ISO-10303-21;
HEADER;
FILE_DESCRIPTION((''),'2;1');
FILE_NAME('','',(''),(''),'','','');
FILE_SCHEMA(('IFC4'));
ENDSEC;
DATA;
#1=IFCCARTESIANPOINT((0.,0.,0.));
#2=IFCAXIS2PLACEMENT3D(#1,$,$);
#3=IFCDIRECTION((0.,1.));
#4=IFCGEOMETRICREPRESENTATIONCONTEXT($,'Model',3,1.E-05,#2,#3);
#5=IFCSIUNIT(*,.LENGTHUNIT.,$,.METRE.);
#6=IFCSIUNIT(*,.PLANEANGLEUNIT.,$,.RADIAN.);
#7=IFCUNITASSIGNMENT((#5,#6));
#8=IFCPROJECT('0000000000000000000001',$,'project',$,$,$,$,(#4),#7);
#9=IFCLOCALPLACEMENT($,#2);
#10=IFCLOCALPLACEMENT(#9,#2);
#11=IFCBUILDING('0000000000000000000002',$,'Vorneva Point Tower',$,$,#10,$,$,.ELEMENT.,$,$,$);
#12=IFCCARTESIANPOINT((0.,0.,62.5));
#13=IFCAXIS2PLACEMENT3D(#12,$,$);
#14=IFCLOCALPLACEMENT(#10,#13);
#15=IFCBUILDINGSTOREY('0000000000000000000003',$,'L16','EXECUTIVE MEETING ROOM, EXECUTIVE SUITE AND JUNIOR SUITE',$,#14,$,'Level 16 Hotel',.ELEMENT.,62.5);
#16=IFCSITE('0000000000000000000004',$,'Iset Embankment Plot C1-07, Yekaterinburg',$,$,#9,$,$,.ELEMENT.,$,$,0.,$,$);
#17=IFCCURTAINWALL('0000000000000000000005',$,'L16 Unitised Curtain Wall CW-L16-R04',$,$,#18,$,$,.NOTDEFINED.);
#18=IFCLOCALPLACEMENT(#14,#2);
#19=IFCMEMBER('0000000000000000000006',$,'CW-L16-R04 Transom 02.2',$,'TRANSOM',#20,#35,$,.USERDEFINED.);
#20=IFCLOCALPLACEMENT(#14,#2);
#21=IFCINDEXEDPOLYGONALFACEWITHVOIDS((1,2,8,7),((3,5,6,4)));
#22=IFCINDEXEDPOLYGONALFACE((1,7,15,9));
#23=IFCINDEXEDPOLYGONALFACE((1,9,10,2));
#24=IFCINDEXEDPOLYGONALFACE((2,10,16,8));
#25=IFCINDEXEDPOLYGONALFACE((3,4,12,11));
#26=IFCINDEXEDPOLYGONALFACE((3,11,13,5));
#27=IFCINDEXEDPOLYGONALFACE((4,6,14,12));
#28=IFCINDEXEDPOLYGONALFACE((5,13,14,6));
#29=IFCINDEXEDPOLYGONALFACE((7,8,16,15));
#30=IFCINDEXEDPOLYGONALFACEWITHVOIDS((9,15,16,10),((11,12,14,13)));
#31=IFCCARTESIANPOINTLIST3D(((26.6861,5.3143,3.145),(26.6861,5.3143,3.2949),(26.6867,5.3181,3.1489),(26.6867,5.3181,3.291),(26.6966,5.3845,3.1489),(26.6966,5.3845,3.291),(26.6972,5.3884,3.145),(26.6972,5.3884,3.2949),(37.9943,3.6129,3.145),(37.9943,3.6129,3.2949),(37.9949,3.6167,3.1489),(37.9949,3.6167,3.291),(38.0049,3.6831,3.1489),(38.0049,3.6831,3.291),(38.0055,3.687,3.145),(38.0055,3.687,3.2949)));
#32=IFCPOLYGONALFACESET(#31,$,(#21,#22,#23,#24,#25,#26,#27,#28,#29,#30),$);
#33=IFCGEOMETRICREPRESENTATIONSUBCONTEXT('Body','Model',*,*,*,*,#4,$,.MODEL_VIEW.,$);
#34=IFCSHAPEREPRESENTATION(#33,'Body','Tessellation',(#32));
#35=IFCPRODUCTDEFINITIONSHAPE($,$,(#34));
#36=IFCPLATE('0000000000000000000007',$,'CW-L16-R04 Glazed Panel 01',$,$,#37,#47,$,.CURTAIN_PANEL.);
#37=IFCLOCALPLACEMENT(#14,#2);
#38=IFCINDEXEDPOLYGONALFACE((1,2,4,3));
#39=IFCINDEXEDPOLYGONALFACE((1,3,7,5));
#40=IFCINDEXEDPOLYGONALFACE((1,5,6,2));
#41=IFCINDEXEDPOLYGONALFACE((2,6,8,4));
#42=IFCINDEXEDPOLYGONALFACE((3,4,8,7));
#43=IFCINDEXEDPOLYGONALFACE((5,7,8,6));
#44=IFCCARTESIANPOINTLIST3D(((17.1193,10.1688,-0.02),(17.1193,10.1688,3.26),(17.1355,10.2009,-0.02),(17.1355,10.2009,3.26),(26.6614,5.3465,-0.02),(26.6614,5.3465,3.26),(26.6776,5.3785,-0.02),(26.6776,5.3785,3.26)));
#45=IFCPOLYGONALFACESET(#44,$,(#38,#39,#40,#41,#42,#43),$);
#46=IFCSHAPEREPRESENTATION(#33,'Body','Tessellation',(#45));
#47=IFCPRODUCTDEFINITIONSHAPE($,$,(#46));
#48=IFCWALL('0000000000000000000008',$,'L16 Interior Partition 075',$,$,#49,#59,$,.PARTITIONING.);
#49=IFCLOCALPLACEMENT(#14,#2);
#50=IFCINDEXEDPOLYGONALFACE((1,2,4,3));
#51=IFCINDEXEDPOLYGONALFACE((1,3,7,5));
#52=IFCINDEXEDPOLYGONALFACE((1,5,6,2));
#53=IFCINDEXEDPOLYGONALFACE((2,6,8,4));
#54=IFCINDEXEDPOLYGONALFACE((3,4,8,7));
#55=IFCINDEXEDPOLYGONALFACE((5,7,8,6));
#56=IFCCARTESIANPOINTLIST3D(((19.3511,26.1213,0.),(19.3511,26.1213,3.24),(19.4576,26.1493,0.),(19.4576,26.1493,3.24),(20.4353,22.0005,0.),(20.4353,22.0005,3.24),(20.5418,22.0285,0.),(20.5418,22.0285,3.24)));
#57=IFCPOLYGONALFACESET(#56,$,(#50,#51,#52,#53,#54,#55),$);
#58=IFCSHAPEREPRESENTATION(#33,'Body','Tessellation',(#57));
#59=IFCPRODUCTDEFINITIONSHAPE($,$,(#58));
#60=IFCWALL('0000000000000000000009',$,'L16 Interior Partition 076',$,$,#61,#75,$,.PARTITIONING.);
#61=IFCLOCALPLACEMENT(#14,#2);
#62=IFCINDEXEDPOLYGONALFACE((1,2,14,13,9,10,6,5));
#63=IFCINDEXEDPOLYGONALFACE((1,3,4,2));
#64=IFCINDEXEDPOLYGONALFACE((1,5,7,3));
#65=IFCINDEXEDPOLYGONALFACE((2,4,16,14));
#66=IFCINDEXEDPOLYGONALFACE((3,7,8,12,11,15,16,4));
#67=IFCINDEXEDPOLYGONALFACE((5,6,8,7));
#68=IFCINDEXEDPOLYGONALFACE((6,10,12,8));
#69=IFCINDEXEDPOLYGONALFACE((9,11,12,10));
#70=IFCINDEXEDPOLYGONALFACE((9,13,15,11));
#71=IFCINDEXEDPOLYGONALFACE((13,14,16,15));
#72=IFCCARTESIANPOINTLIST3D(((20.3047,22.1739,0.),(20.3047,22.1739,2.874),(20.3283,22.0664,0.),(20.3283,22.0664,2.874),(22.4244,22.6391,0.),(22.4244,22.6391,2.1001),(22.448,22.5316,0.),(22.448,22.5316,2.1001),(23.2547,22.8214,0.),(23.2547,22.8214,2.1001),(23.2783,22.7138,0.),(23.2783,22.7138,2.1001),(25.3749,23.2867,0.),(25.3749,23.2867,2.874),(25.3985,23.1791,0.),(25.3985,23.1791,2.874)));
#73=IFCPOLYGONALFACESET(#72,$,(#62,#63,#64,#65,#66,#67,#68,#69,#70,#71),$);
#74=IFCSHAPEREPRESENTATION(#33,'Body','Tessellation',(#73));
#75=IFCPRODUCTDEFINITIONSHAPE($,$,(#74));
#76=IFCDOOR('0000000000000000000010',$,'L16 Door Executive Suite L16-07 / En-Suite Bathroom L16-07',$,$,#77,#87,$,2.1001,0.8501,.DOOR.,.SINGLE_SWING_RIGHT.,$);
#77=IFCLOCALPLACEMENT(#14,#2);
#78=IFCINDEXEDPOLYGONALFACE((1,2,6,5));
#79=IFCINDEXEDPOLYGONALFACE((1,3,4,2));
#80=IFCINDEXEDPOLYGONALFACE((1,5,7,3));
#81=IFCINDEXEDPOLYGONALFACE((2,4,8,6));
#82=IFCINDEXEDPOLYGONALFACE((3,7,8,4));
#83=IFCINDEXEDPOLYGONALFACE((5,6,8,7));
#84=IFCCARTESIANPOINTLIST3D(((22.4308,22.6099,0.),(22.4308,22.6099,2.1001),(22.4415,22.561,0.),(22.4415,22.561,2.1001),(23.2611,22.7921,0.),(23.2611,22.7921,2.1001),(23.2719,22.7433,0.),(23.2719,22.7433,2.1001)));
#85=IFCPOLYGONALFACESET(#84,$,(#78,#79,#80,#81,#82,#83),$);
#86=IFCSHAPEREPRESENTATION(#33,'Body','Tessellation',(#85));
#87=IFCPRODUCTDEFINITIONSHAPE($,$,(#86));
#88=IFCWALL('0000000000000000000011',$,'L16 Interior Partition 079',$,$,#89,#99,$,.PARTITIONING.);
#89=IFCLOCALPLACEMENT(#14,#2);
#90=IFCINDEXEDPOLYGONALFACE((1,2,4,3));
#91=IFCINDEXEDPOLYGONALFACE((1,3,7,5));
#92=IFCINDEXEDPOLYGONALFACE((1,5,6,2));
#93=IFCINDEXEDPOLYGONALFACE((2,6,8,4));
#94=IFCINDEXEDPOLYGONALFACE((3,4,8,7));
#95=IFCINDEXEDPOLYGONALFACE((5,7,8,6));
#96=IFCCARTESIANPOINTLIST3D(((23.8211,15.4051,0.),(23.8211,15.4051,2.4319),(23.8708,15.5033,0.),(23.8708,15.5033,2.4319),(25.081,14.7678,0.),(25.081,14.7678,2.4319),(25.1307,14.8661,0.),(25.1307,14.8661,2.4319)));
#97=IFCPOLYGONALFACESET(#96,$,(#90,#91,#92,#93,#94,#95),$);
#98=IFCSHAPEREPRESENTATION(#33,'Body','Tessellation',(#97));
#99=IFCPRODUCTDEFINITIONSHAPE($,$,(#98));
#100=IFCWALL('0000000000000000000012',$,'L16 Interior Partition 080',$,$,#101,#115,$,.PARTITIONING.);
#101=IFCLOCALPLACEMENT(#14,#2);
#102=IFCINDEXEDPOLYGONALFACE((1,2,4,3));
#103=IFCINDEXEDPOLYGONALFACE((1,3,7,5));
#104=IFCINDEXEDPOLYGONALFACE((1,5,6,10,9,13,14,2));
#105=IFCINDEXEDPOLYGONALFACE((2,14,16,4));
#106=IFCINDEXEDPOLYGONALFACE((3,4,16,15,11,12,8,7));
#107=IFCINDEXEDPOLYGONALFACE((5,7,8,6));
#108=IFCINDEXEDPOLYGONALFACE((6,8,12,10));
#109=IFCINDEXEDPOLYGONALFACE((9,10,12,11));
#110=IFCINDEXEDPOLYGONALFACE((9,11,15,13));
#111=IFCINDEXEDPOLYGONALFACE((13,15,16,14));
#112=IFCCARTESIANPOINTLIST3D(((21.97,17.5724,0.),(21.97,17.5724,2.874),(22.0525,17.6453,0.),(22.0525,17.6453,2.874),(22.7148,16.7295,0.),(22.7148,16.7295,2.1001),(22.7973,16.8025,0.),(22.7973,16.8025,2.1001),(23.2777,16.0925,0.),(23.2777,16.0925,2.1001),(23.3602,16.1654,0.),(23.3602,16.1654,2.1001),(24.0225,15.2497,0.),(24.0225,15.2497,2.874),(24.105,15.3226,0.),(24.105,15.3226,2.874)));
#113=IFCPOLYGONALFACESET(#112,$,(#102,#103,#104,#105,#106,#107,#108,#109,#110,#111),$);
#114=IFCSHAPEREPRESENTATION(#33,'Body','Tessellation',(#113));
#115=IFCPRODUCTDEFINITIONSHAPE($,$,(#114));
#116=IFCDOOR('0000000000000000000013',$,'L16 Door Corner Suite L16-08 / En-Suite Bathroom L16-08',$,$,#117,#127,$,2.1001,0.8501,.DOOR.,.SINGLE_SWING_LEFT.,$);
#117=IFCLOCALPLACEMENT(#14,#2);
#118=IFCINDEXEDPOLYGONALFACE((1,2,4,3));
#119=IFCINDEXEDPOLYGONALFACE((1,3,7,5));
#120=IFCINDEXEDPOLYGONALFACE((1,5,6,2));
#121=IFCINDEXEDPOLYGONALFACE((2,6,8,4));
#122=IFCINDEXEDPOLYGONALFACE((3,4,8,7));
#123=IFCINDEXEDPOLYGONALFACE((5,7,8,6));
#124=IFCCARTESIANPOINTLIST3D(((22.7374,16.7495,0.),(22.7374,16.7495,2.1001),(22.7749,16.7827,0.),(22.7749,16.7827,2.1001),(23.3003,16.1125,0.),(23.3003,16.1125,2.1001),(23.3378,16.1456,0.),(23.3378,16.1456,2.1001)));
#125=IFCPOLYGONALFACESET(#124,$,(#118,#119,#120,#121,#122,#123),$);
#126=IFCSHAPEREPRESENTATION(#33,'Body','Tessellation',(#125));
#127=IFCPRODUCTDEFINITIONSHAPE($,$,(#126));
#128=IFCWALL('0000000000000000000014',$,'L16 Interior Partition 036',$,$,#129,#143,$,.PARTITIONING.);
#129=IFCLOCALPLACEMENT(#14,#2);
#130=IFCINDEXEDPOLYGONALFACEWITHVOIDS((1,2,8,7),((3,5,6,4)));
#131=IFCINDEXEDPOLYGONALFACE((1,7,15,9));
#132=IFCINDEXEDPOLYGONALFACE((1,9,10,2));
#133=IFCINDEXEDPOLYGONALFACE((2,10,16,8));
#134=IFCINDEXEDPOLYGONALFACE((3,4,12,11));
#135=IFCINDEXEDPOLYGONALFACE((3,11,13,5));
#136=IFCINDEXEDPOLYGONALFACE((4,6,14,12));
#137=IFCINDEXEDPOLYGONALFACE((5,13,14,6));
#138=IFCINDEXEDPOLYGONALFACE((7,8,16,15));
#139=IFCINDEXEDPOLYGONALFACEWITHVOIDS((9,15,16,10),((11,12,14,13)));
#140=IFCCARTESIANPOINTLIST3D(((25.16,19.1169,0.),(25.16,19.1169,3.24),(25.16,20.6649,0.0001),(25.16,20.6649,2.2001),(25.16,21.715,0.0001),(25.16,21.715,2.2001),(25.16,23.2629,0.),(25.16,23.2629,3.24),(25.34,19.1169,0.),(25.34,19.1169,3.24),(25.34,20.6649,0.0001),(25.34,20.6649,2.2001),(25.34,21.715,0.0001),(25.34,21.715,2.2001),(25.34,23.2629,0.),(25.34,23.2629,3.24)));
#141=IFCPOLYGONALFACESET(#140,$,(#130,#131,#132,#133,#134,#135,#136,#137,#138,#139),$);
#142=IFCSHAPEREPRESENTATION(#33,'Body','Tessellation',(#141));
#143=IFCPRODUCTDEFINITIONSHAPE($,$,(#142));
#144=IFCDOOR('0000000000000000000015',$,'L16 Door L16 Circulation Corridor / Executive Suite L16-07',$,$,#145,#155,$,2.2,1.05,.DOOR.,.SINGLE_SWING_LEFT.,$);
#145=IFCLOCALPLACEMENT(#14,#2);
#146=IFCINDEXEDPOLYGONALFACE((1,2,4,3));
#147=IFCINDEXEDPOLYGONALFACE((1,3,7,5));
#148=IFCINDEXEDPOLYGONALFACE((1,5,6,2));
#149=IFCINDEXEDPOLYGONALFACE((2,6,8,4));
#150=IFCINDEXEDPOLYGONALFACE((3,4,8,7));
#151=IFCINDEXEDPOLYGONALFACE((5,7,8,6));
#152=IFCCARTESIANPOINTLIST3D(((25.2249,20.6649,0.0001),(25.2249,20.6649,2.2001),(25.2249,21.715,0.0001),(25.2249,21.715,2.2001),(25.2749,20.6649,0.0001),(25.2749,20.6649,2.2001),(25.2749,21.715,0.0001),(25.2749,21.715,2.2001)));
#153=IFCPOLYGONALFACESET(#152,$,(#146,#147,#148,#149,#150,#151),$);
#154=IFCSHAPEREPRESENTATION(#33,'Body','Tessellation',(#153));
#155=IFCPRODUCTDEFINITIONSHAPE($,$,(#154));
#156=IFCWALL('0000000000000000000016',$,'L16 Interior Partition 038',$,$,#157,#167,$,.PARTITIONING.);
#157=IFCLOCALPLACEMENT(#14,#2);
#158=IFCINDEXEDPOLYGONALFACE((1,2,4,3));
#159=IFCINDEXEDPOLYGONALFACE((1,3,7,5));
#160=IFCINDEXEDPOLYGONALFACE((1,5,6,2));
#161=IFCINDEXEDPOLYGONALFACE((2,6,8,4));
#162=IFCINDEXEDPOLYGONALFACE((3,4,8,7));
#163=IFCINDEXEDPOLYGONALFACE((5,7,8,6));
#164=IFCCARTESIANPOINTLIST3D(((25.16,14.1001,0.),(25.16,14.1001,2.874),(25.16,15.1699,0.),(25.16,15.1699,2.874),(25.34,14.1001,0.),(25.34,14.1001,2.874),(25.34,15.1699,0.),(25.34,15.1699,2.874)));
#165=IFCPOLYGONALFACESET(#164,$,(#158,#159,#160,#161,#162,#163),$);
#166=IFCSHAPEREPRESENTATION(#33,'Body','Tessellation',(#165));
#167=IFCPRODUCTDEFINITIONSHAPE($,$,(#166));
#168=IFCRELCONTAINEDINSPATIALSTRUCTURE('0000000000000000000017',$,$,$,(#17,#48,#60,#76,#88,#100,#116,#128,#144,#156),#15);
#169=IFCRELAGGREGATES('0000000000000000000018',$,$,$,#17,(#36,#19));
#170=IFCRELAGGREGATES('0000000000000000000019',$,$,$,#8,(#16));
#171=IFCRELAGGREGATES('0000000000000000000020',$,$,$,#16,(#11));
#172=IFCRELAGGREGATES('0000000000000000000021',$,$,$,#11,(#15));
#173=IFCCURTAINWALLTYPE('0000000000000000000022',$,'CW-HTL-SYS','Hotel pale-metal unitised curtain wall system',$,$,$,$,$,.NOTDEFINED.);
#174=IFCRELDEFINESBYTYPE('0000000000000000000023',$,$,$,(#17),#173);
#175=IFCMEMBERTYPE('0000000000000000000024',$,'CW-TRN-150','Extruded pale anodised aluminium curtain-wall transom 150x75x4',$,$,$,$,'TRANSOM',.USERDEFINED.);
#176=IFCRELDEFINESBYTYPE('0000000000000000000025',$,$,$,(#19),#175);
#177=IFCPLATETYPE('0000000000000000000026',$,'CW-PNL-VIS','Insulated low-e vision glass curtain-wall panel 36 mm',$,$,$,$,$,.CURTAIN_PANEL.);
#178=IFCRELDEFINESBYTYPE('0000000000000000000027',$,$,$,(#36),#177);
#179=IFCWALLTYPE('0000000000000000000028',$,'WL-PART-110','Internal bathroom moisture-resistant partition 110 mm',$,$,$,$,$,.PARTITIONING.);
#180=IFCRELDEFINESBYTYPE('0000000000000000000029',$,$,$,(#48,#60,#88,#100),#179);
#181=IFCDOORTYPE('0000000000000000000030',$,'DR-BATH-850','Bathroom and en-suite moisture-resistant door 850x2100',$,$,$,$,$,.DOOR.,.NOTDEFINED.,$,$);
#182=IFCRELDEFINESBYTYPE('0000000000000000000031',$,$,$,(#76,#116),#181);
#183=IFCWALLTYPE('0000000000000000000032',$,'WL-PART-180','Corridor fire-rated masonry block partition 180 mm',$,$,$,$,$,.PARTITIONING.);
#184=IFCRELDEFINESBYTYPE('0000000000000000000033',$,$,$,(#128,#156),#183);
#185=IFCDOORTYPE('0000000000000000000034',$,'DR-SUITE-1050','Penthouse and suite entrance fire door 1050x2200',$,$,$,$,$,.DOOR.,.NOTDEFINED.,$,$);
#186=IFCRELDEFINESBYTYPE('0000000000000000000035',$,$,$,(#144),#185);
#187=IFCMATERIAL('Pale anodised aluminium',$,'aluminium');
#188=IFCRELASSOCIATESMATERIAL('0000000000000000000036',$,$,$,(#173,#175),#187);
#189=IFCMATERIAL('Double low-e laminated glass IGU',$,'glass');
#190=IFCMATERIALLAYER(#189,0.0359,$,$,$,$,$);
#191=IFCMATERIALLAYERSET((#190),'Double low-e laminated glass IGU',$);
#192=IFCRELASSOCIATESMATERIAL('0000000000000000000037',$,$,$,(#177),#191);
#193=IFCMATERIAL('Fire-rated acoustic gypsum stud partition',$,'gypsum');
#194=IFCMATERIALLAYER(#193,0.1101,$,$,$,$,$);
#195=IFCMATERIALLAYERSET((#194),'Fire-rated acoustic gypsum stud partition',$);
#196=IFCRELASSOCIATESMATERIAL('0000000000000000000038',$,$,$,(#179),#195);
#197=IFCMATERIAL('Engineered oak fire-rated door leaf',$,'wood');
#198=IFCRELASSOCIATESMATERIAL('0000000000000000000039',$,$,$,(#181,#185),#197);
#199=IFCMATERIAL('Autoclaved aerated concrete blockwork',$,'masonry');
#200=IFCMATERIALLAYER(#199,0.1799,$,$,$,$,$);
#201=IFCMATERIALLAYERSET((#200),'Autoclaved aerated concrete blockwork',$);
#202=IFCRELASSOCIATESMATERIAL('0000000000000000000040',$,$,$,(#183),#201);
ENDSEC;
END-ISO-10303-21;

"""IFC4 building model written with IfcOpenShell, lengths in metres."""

from ifc_helpers import new_model, si_unit, direction, frame, frame_2d, origin, origin_2d, place, context, subcontext, project, spatial, rectangle, hollow_rectangle, extrude, material, layer, layer_set, material_profile, profile_set, type_object, element, fill, aggregate, save


model = new_model("IFC4")

# Units and contexts
model_context = context("Model", 3, precision=1e-05, world=origin(), true_north=direction((0.0, 1.0)))
body_context = subcontext(model_context, "Body", "Model", "MODEL_VIEW")
ifc_project = project(units=[si_unit("LENGTHUNIT", "METRE"), si_unit("PLANEANGLEUNIT", "RADIAN")], contexts=[model_context])

# Site, building, storey
site_placement = place(None, origin())
site = spatial("IfcSite", under=ifc_project, at=site_placement, Name="Iset Embankment Plot C1-07, Yekaterinburg", CompositionType="ELEMENT", RefElevation=0.0)
building_placement = place(site_placement, origin())
building = spatial("IfcBuilding", under=site, at=building_placement, Name="Vorneva Point Tower", CompositionType="ELEMENT")
storey_placement = place(building_placement, frame((0.0, 0.0, 62.5)))
storey = spatial("IfcBuildingStorey", under=building, at=storey_placement, Name="L16", Description="EXECUTIVE MEETING ROOM, EXECUTIVE SUITE AND JUNIOR SUITE", LongName="Level 16 Hotel", CompositionType="ELEMENT", Elevation=62.5)

# Curtain wall, member, plate
ifc_material_1 = material(Name="Pale anodised aluminium", Category="aluminium")
curtain_wall_type = type_object("IfcCurtainWallType", Name="CW-HTL-SYS", Description="Hotel pale-metal unitised curtain wall system", PredefinedType="NOTDEFINED", material=ifc_material_1)
curtain_wall_placement = place(storey_placement, origin())
curtain_wall = element("IfcCurtainWall", 1, at=curtain_wall_placement, inside=storey, type_object=curtain_wall_type, Name="L16 Unitised Curtain Wall CW-L16-R04", PredefinedType="NOTDEFINED")
ifc_material_profile_1 = material_profile(ifc_material_1, hollow_rectangle(XDim=0.075, YDim=0.1499, WallThickness=0.0039, at=origin_2d()), Name="AL-TRN 150x75x4")
ifc_profile_set_1 = profile_set([ifc_material_profile_1], Name="Pale anodised aluminium")
member_type_1 = type_object("IfcMemberType", Name="CW-TRN-150", Description="Extruded pale anodised aluminium curtain-wall transom 150x75x4", ElementType="TRANSOM", PredefinedType="USERDEFINED", material=ifc_profile_set_1)
member_1_placement = place(storey_placement, frame((26.6917, 5.3513, 3.22), z_axis=(0.98887, -0.148782, 0.0), x_axis=(0.148782, 0.98887, 0.0)))
member_1 = element("IfcMember", 2, at=member_1_placement, type_object=member_type_1, Name="CW-L16-R04 Transom 02.2", ObjectType="TRANSOM", PredefinedType="USERDEFINED", context=body_context, shape_type="SweptSolid", body=[
    extrude(hollow_rectangle(XDim=0.075, YDim=0.1499, WallThickness=0.0039, at=origin_2d()), origin(), (0.0, 0.0, 1.0), 11.4355),
])
ifc_material_2 = material(Name="Double low-e laminated glass IGU", Category="glass")
ifc_layer_1 = layer(ifc_material_2, 0.0359)
ifc_layer_set_1 = layer_set([ifc_layer_1], Name="Double low-e laminated glass IGU")
plate_type = type_object("IfcPlateType", Name="CW-PNL-VIS", Description="Insulated low-e vision glass curtain-wall panel 36 mm", PredefinedType="CURTAIN_PANEL", material=ifc_layer_set_1)
plate_placement = place(storey_placement, frame((21.8984, 7.7737, -0.02), z_axis=(0.0, 0.0, 1.0), x_axis=(0.892499, -0.451049, 0.0)))
plate = element("IfcPlate", 3, at=plate_placement, type_object=plate_type, Name="CW-L16-R04 Glazed Panel 01", PredefinedType="CURTAIN_PANEL", context=body_context, shape_type="SweptSolid", body=[
    extrude(rectangle(XDim=10.6914, YDim=0.0359, at=origin_2d()), origin(), (0.0, 0.0, 1.0), 3.28),
])
aggregate(curtain_wall, [plate, member_1])

# Wall
ifc_material_3 = material(Name="Fire-rated acoustic gypsum stud partition", Category="gypsum")
ifc_layer_2 = layer(ifc_material_3, 0.1101)
ifc_layer_set_2 = layer_set([ifc_layer_2], Name="Fire-rated acoustic gypsum stud partition")
wall_type_1 = type_object("IfcWallType", Name="WL-PART-110", Description="Internal bathroom moisture-resistant partition 110 mm", PredefinedType="PARTITIONING", material=ifc_layer_set_2)
wall_1_placement = place(storey_placement, frame((20.4885, 22.0146, 0.0), z_axis=(0.0, 0.0, 1.0), x_axis=(-0.254448, 0.967086, 0.0)))
element("IfcWall", 4, at=wall_1_placement, inside=storey, type_object=wall_type_1, Name="L16 Interior Partition 075", PredefinedType="PARTITIONING", context=body_context, shape_type="SweptSolid", body=[
    extrude(rectangle(XDim=4.261, YDim=0.1101, at=frame_2d((2.1304, 0.0))), origin(), (0.0, 0.0, 1.0), 3.24),
])

# Wall, opening, door
wall_2_placement = place(storey_placement, frame((25.3867, 23.2329, 0.0), z_axis=(0.0, 0.0, 1.0), x_axis=(-0.976753, -0.21437, 0.0)))
wall_2 = element("IfcWall", 5, at=wall_2_placement, inside=storey, type_object=wall_type_1, Name="L16 Interior Partition 076", PredefinedType="PARTITIONING", context=body_context, shape_type="SweptSolid", body=[
    extrude(rectangle(XDim=5.1909, YDim=0.1101, at=frame_2d((2.5955, 0.0))), origin(), (0.0, 0.0, 1.0), 2.874),
])
opening_1_placement = place(wall_2_placement, frame((2.1707, 0.0, 0.0)))
opening_1 = element("IfcOpeningElement", 6, at=opening_1_placement, cuts=wall_2, PredefinedType="OPENING", context=body_context, shape_type="SweptSolid", body=[
    extrude(rectangle(XDim=0.8501, YDim=2.1001, at=frame_2d((0.425, 1.05))), frame((0.0, 0.0698, 0.0), z_axis=(0.0, -1.0, 0.0), x_axis=(1.0, 0.0, 0.0)), (0.0, 0.0, 1.0), 0.1399),
])
ifc_material_4 = material(Name="Engineered oak fire-rated door leaf", Category="wood")
door_type_1 = type_object("IfcDoorType", Name="DR-BATH-850", Description="Bathroom and en-suite moisture-resistant door 850x2100", OperationType="NOTDEFINED", PredefinedType="DOOR", material=ifc_material_4)
door_1_placement = place(opening_1_placement, origin())
door_1 = element("IfcDoor", 7, at=door_1_placement, inside=storey, type_object=door_type_1, Name="L16 Door Executive Suite L16-07 / En-Suite Bathroom L16-07", OperationType="SINGLE_SWING_RIGHT", OverallHeight=2.1001, OverallWidth=0.8501, PredefinedType="DOOR", context=body_context, shape_type="SweptSolid", body=[
    extrude(rectangle(XDim=0.8501, YDim=2.1001, at=frame_2d((0.425, 1.05))), frame((0.0, 0.0249, 0.0), z_axis=(0.0, -1.0, 0.0), x_axis=(1.0, 0.0, 0.0)), (0.0, 0.0, 1.0), 0.05),
])
fill(opening_1, door_1)

# Wall
wall_3_placement = place(storey_placement, frame((25.106, 14.8169, 0.0), z_axis=(0.0, 0.0, 1.0), x_axis=(-0.892342, 0.451359, 0.0)))
element("IfcWall", 8, at=wall_3_placement, inside=storey, type_object=wall_type_1, Name="L16 Interior Partition 079", PredefinedType="PARTITIONING", context=body_context, shape_type="SweptSolid", body=[
    extrude(rectangle(XDim=1.4119, YDim=0.1101, at=frame_2d((0.7061, 0.0))), origin(), (0.0, 0.0, 1.0), 2.4319),
])

# Walls, openings, doors
wall_4_placement = place(storey_placement, frame((24.0637, 15.2861, 0.0), z_axis=(0.0, 0.0, 1.0), x_axis=(-0.662166, 0.749357, 0.0)))
wall_4 = element("IfcWall", 9, at=wall_4_placement, inside=storey, type_object=wall_type_1, Name="L16 Interior Partition 080", PredefinedType="PARTITIONING", context=body_context, shape_type="SweptSolid", body=[
    extrude(rectangle(XDim=3.0996, YDim=0.1101, at=frame_2d((1.5498, 0.0))), origin(), (0.0, 0.0, 1.0), 2.874),
])
opening_2_placement = place(wall_4_placement, frame((1.1248, 0.0, 0.0)))
opening_2 = element("IfcOpeningElement", 10, at=opening_2_placement, cuts=wall_4, PredefinedType="OPENING", context=body_context, shape_type="SweptSolid", body=[
    extrude(rectangle(XDim=0.8501, YDim=2.1001, at=frame_2d((0.425, 1.05))), frame((0.0, 0.0698, 0.0), z_axis=(0.0, -1.0, 0.0), x_axis=(1.0, 0.0, 0.0)), (0.0, 0.0, 1.0), 0.1399),
])
door_2_placement = place(opening_2_placement, origin())
door_2 = element("IfcDoor", 11, at=door_2_placement, inside=storey, type_object=door_type_1, Name="L16 Door Corner Suite L16-08 / En-Suite Bathroom L16-08", OperationType="SINGLE_SWING_LEFT", OverallHeight=2.1001, OverallWidth=0.8501, PredefinedType="DOOR", context=body_context, shape_type="SweptSolid", body=[
    extrude(rectangle(XDim=0.8501, YDim=2.1001, at=frame_2d((0.425, 1.05))), frame((0.0, 0.0249, 0.0), z_axis=(0.0, -1.0, 0.0), x_axis=(1.0, 0.0, 0.0)), (0.0, 0.0, 1.0), 0.05),
])
fill(opening_2, door_2)
ifc_material_5 = material(Name="Autoclaved aerated concrete blockwork", Category="masonry")
ifc_layer_3 = layer(ifc_material_5, 0.1799)
ifc_layer_set_3 = layer_set([ifc_layer_3], Name="Autoclaved aerated concrete blockwork")
wall_type_2 = type_object("IfcWallType", Name="WL-PART-180", Description="Corridor fire-rated masonry block partition 180 mm", PredefinedType="PARTITIONING", material=ifc_layer_set_3)
wall_5_placement = place(storey_placement, frame((25.25, 23.2629, 0.0), z_axis=(0.0, 0.0, 1.0), x_axis=(0.0, -1.0, 0.0)))
wall_5 = element("IfcWall", 12, at=wall_5_placement, inside=storey, type_object=wall_type_2, Name="L16 Interior Partition 036", PredefinedType="PARTITIONING", context=body_context, shape_type="SweptSolid", body=[
    extrude(rectangle(XDim=4.146, YDim=0.1799, at=frame_2d((2.073, 0.0))), origin(), (0.0, 0.0, 1.0), 3.24),
])
opening_3_placement = place(wall_5_placement, frame((1.5481, 0.0, 0.0)))
opening_3 = element("IfcOpeningElement", 13, at=opening_3_placement, cuts=wall_5, PredefinedType="OPENING", context=body_context, shape_type="SweptSolid", body=[
    extrude(rectangle(XDim=1.05, YDim=2.2, at=frame_2d((0.5249, 1.1001))), frame((0.0, 0.105, 0.0), z_axis=(0.0, -1.0, 0.0), x_axis=(1.0, 0.0, 0.0)), (0.0, 0.0, 1.0), 0.2097),
])
door_type_2 = type_object("IfcDoorType", Name="DR-SUITE-1050", Description="Penthouse and suite entrance fire door 1050x2200", OperationType="NOTDEFINED", PredefinedType="DOOR", material=ifc_material_4)
door_3_placement = place(opening_3_placement, origin())
door_3 = element("IfcDoor", 14, at=door_3_placement, inside=storey, type_object=door_type_2, Name="L16 Door L16 Circulation Corridor / Executive Suite L16-07", OperationType="SINGLE_SWING_LEFT", OverallHeight=2.2, OverallWidth=1.05, PredefinedType="DOOR", context=body_context, shape_type="SweptSolid", body=[
    extrude(rectangle(XDim=1.05, YDim=2.2, at=frame_2d((0.5249, 1.1001))), frame((0.0, 0.0249, 0.0), z_axis=(0.0, -1.0, 0.0), x_axis=(1.0, 0.0, 0.0)), (0.0, 0.0, 1.0), 0.05),
])
fill(opening_3, door_3)

# Wall
wall_6_placement = place(storey_placement, frame((25.25, 15.1699, 0.0), z_axis=(0.0, 0.0, 1.0), x_axis=(0.0, -1.0, 0.0)))
element("IfcWall", 15, at=wall_6_placement, inside=storey, type_object=wall_type_2, Name="L16 Interior Partition 038", PredefinedType="PARTITIONING", context=body_context, shape_type="SweptSolid", body=[
    extrude(rectangle(XDim=1.0698, YDim=0.1799, at=frame_2d((0.5349, 0.0))), origin(), (0.0, 0.0, 1.0), 2.874),
])

save(model, "model.ifc")
